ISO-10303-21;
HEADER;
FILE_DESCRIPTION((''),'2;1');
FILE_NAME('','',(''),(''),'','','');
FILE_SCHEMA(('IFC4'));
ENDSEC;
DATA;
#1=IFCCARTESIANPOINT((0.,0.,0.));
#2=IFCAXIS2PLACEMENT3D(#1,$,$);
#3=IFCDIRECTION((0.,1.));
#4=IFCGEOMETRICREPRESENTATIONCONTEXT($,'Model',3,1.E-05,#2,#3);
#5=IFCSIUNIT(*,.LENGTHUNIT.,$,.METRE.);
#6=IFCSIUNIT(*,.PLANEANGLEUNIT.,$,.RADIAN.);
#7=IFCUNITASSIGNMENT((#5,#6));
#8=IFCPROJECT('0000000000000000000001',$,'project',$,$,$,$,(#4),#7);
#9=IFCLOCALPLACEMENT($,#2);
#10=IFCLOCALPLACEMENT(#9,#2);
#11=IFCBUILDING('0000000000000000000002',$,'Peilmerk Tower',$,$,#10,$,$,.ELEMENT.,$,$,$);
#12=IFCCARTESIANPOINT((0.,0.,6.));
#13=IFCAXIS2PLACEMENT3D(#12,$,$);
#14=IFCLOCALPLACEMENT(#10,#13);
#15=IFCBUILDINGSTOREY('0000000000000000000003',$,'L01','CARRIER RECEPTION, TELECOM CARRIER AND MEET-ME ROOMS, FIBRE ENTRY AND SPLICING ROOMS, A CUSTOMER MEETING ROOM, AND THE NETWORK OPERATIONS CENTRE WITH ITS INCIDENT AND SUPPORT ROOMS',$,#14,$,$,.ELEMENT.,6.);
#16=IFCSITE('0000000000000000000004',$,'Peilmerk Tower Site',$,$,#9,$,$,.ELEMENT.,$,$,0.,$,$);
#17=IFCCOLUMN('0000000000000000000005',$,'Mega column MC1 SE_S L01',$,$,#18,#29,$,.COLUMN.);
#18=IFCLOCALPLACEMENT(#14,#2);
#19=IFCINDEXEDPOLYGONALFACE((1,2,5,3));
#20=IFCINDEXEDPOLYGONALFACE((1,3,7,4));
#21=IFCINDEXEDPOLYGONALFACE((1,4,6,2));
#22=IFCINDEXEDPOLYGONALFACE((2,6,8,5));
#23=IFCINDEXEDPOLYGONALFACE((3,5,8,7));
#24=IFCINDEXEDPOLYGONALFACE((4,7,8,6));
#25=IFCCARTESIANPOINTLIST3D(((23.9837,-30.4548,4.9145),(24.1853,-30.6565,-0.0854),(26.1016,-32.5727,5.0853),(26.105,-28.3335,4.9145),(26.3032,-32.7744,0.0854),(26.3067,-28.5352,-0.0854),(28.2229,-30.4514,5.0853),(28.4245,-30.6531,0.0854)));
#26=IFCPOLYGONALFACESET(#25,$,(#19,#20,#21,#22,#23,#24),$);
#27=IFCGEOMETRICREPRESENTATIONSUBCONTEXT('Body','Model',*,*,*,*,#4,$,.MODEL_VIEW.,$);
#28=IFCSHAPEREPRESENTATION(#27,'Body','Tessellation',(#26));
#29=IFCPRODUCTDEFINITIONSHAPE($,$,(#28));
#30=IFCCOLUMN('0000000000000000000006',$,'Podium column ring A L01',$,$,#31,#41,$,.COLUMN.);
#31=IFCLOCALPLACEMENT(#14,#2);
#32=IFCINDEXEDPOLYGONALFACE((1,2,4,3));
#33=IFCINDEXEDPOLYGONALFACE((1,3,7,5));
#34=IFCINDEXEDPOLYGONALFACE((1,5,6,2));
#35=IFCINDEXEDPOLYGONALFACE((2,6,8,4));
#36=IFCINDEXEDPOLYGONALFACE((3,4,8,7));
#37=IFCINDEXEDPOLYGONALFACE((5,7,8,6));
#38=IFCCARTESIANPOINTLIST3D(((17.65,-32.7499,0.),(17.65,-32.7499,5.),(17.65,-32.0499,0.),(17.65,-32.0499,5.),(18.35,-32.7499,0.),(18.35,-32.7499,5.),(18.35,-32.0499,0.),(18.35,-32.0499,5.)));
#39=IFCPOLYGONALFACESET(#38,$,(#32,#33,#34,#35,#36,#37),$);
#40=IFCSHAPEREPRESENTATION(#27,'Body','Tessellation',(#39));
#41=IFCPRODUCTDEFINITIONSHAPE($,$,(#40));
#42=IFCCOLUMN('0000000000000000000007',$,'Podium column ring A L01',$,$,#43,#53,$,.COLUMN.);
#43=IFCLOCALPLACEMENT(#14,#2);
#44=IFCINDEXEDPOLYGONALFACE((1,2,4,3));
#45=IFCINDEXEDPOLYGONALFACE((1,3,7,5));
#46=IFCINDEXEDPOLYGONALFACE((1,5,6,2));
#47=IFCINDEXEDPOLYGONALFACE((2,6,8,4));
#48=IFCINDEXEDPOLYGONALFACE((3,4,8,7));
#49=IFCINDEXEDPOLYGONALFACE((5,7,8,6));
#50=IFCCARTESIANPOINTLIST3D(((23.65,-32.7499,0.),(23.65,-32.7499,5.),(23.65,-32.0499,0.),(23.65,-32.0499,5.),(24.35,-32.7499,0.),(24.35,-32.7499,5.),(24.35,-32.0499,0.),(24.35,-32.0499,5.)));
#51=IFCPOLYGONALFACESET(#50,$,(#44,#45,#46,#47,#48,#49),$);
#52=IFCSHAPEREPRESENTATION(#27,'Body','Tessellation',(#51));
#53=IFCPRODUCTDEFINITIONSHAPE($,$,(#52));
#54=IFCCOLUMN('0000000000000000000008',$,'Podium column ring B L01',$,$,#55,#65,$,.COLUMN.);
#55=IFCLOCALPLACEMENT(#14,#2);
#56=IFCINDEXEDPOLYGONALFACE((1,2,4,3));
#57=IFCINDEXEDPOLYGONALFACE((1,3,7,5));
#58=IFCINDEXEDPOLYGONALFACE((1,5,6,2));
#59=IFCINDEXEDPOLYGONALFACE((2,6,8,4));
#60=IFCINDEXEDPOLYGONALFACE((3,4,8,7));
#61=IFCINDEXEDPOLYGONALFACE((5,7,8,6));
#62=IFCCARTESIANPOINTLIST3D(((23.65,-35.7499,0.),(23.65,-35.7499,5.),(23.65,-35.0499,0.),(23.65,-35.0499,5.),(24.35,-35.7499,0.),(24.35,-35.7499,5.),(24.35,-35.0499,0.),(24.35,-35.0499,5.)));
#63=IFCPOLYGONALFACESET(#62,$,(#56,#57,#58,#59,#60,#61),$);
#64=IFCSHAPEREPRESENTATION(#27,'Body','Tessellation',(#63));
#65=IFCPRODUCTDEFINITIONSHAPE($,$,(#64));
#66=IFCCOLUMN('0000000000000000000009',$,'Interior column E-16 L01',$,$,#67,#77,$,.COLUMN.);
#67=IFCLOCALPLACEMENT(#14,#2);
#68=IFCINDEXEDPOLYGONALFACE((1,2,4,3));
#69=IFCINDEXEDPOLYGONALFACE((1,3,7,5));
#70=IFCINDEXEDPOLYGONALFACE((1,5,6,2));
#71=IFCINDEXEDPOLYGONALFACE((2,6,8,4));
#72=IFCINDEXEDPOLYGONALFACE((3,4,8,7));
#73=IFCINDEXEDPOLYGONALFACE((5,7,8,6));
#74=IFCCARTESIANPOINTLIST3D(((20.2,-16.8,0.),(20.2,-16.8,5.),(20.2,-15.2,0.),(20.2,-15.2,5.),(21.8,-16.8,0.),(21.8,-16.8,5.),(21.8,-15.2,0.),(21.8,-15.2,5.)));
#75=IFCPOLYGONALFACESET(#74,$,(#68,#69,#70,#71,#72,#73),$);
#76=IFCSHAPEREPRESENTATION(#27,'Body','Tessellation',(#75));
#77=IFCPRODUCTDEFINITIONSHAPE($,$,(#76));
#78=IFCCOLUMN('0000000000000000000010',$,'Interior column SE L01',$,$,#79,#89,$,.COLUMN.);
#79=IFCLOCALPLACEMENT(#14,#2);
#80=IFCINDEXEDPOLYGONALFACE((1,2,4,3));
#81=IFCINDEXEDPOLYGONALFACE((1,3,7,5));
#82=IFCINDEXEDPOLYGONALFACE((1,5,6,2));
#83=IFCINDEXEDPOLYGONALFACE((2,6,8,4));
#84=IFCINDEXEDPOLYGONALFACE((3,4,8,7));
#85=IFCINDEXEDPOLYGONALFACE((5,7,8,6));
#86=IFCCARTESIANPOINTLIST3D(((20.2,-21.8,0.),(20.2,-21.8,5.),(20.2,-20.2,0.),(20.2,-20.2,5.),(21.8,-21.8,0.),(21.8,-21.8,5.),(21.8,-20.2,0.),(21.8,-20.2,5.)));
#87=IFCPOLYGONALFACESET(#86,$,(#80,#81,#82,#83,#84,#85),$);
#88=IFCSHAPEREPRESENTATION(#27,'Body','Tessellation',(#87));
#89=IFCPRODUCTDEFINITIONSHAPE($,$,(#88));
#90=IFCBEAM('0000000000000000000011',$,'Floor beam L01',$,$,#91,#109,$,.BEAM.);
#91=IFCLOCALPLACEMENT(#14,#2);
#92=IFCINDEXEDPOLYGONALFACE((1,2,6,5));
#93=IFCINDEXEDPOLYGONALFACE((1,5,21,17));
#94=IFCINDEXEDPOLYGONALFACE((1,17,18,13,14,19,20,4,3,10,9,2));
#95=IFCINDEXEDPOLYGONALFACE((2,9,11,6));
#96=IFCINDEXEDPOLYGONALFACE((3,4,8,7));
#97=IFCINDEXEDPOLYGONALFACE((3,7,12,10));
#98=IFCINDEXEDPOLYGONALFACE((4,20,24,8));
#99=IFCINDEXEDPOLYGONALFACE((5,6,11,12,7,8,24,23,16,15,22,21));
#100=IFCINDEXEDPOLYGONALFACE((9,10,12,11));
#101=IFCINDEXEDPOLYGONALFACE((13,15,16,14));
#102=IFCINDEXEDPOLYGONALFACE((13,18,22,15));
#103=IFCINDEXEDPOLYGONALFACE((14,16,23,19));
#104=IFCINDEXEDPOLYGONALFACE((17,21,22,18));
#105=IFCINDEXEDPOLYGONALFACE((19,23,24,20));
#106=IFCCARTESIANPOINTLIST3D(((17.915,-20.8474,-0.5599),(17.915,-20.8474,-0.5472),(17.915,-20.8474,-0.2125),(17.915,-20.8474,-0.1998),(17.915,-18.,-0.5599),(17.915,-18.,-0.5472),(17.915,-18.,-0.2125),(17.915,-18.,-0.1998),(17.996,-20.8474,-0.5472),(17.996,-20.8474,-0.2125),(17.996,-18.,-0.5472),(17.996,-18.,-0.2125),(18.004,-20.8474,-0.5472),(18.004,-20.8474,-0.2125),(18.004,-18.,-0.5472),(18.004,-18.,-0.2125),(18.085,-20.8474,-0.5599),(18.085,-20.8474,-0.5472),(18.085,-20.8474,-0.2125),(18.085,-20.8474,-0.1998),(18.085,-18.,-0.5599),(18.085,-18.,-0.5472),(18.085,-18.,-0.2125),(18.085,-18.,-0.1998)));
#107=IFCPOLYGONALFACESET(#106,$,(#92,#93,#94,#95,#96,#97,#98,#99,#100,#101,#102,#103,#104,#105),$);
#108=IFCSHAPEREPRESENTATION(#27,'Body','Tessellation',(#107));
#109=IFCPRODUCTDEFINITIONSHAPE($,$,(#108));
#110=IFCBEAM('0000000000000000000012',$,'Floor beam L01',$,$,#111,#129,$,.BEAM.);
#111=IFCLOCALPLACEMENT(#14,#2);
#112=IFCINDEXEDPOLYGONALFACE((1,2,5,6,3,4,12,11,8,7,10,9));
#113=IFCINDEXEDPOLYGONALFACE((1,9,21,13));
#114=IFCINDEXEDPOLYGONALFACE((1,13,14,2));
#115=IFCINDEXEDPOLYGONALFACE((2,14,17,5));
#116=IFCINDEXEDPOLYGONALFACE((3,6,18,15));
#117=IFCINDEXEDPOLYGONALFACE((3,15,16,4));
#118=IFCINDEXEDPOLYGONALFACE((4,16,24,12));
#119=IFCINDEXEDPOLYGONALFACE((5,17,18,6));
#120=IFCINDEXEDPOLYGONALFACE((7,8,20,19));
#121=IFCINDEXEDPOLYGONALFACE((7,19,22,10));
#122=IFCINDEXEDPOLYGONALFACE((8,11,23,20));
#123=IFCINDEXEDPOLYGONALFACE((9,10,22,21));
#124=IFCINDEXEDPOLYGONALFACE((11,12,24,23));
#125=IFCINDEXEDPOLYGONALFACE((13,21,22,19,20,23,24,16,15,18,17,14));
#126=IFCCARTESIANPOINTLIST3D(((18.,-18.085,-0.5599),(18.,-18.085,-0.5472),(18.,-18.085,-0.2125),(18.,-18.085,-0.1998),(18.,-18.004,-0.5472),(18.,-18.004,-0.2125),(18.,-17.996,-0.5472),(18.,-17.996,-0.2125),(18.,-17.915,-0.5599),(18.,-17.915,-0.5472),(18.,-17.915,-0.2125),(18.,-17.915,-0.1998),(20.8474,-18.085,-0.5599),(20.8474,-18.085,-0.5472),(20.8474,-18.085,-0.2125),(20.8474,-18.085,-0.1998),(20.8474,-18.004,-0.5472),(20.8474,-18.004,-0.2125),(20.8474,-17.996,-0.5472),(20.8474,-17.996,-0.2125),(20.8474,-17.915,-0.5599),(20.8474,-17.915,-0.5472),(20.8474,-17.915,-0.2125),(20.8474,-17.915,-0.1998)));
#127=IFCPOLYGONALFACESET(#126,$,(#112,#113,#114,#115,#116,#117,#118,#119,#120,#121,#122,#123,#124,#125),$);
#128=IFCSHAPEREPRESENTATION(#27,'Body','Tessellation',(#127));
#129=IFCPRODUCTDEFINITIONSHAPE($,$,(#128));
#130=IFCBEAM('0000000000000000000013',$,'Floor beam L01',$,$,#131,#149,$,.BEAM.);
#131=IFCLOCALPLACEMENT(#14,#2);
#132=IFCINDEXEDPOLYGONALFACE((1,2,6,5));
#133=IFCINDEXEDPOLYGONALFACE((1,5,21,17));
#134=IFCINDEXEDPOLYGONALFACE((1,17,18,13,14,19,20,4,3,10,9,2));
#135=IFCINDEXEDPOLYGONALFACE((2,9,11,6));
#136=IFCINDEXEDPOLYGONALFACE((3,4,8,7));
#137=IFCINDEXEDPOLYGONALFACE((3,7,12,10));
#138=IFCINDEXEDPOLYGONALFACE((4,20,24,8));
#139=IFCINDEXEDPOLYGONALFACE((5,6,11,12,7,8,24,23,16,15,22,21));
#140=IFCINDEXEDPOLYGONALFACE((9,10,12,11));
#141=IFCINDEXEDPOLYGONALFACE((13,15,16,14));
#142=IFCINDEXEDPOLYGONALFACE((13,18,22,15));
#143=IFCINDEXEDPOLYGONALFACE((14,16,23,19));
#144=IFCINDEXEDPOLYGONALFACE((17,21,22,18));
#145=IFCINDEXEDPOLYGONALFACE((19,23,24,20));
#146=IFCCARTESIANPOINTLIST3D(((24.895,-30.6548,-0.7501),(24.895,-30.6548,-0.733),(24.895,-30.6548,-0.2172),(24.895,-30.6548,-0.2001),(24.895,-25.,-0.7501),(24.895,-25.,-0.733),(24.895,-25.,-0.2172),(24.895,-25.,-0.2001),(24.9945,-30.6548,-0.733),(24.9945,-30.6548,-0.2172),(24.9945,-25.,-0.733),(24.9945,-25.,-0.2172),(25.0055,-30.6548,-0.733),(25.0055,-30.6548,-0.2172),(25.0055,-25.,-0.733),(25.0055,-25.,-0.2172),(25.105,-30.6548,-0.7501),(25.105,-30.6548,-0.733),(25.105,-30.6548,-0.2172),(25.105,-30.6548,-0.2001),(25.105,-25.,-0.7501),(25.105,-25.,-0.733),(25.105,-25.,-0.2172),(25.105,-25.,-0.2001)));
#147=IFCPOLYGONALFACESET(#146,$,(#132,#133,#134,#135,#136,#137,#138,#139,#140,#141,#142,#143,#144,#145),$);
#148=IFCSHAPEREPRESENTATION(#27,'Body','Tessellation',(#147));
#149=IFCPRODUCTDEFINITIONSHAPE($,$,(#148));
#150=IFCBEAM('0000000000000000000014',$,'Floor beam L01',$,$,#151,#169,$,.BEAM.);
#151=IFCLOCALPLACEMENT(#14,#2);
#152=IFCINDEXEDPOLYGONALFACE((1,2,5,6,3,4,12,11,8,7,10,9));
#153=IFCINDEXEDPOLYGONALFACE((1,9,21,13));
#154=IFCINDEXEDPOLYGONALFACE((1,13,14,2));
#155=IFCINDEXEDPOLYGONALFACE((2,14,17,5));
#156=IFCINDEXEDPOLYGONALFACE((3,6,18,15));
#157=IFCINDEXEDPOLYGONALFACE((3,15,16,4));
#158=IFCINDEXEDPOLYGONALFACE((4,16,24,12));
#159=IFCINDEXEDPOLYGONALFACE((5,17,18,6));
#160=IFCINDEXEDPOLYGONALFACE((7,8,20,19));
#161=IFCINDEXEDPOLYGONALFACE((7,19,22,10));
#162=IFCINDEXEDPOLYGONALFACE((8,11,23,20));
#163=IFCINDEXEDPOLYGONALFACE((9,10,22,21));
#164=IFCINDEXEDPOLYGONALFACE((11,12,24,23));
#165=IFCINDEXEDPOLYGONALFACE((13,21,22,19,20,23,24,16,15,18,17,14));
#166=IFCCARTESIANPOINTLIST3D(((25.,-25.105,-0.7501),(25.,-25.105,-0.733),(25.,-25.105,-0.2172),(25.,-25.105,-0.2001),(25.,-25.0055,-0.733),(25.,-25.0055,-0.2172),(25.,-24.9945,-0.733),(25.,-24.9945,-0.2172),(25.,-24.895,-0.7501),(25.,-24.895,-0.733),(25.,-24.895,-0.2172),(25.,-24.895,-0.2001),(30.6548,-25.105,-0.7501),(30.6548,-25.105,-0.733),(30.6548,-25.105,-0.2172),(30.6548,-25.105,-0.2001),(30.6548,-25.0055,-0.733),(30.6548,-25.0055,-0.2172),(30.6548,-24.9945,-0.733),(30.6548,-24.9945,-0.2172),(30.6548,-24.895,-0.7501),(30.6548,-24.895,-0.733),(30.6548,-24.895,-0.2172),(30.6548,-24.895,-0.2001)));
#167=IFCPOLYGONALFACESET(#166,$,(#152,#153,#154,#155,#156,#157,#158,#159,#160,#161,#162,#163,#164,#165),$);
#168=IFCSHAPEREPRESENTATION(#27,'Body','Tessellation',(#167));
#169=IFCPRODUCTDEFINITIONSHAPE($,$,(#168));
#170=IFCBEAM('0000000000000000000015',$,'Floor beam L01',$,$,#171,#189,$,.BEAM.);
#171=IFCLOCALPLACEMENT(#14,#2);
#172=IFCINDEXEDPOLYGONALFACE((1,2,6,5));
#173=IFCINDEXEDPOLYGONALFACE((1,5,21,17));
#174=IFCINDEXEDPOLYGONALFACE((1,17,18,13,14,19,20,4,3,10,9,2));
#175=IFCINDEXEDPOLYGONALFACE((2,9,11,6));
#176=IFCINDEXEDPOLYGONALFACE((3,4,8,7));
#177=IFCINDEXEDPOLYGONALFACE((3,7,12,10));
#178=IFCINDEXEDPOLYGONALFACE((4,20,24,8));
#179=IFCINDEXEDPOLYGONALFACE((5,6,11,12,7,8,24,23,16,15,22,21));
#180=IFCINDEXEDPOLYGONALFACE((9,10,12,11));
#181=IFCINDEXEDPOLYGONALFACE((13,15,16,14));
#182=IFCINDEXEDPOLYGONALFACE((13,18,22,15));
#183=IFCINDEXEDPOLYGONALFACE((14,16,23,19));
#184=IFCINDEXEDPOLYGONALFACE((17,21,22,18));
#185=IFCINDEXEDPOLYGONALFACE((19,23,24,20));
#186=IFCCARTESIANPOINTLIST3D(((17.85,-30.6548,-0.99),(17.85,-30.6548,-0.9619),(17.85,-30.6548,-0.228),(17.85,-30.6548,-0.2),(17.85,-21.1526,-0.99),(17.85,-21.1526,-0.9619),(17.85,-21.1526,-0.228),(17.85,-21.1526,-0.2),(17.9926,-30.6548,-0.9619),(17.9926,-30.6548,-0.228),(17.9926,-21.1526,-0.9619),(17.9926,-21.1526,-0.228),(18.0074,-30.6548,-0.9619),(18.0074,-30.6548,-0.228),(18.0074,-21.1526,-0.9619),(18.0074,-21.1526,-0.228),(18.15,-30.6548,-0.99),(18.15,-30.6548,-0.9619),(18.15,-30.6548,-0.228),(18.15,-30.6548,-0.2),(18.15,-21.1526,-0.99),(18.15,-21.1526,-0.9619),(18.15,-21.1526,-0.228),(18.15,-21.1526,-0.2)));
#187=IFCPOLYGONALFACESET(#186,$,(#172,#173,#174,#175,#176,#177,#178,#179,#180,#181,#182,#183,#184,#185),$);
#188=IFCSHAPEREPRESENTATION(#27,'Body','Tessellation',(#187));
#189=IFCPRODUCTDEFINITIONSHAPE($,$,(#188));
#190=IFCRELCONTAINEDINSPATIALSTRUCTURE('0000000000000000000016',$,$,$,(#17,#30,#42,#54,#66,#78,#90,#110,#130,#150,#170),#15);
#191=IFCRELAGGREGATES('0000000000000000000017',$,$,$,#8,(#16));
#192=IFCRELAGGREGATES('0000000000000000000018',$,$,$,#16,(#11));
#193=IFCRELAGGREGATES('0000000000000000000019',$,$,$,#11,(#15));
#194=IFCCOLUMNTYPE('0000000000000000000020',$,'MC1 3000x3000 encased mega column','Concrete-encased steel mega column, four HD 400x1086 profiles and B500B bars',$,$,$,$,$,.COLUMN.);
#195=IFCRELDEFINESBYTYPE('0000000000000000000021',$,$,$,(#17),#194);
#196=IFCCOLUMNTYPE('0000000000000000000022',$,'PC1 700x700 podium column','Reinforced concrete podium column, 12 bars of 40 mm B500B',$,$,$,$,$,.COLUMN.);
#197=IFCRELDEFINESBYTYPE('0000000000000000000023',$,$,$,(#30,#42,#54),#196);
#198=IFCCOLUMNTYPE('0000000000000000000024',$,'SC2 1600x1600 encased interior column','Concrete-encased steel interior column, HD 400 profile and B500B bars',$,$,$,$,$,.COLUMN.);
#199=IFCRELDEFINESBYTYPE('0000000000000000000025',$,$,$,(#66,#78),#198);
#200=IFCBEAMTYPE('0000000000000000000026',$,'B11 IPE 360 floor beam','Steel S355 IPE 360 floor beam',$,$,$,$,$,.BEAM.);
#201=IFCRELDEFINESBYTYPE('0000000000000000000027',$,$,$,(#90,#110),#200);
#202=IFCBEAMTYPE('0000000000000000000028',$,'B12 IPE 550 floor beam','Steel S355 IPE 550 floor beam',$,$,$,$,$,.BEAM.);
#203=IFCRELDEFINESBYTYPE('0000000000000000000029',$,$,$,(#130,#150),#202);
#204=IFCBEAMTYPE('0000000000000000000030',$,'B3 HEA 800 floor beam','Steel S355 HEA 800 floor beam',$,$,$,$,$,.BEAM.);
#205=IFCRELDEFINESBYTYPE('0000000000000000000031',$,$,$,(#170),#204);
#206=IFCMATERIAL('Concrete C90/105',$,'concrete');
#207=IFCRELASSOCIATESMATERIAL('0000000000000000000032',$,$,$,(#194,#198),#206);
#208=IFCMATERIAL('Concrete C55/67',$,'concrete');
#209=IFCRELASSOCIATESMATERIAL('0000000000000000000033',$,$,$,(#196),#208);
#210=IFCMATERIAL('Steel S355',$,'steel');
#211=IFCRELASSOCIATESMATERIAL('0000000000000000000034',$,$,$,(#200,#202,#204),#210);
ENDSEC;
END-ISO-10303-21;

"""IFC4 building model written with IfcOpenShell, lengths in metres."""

from ifc_helpers import new_model, si_unit, direction, frame, origin, origin_2d, place, context, subcontext, project, spatial, rectangle, i_section, extrude, material, material_profile, profile_set, type_object, element, save


model = new_model("IFC4")

# Units and contexts
model_context = context("Model", 3, precision=1e-05, world=origin(), true_north=direction((0.0, 1.0)))
body_context = subcontext(model_context, "Body", "Model", "MODEL_VIEW")
ifc_project = project(units=[si_unit("LENGTHUNIT", "METRE"), si_unit("PLANEANGLEUNIT", "RADIAN")], contexts=[model_context])

# Site, building, storey
site_placement = place(None, origin())
site = spatial("IfcSite", under=ifc_project, at=site_placement, Name="Peilmerk Tower Site", CompositionType="ELEMENT", RefElevation=0.0)
building_placement = place(site_placement, origin())
building = spatial("IfcBuilding", under=site, at=building_placement, Name="Peilmerk Tower", CompositionType="ELEMENT")
storey_placement = place(building_placement, frame((0.0, 0.0, 6.0)))
storey = spatial("IfcBuildingStorey", under=building, at=storey_placement, Name="L01", Description="CARRIER RECEPTION, TELECOM CARRIER AND MEET-ME ROOMS, FIBRE ENTRY AND SPLICING ROOMS, A CUSTOMER MEETING ROOM, AND THE NETWORK OPERATIONS CENTRE WITH ITS INCIDENT AND SUPPORT ROOMS", CompositionType="ELEMENT", Elevation=6.0)

# Columns
ifc_material_1 = material(Name="Concrete C90/105", Category="concrete")
ifc_material_profile_1 = material_profile(ifc_material_1, rectangle(XDim=3.0, YDim=3.0, at=origin_2d()), Name="RC 3000x3000")
ifc_profile_set_1 = profile_set([ifc_material_profile_1], Name="Concrete C90/105")
column_type_1 = type_object("IfcColumnType", Name="MC1 3000x3000 encased mega column", Description="Concrete-encased steel mega column, four HD 400x1086 profiles and B500B bars", PredefinedType="COLUMN", material=ifc_profile_set_1)
column_placement = place(storey_placement, frame((26.3049, -30.6548, 0.0), z_axis=(-0.040267, 0.040267, 0.998377), x_axis=(-0.707107, -0.707107, 0.0)))
element("IfcColumn", 1, at=column_placement, inside=storey, type_object=column_type_1, Name="Mega column MC1 SE_S L01", PredefinedType="COLUMN", context=body_context, shape_type="SweptSolid", body=[
    extrude(rectangle(XDim=3.0, YDim=3.0, at=origin_2d()), origin(), (0.0, 0.0, 1.0), 5.0081),
])
ifc_material_2 = material(Name="Concrete C55/67", Category="concrete")
ifc_material_profile_2 = material_profile(ifc_material_2, rectangle(XDim=0.7, YDim=0.7, at=origin_2d()), Name="RC 700x700")
ifc_profile_set_2 = profile_set([ifc_material_profile_2], Name="Concrete C55/67")
column_type_2 = type_object("IfcColumnType", Name="PC1 700x700 podium column", Description="Reinforced concrete podium column, 12 bars of 40 mm B500B", PredefinedType="COLUMN", material=ifc_profile_set_2)
for number, where, z_axis, x_axis, name in (
    (2, (18.0, -32.3999, 0.0), (0.0, 0.0, 1.0), (1.0, 0.0, 0.0), "Podium column ring A L01"),
    (3, (24.0, -32.3999, 0.0), (0.0, 0.0, 1.0), (1.0, 0.0, 0.0), "Podium column ring A L01"),
    (4, (24.0, -35.3999, 0.0), (0.0, 0.0, 1.0), (1.0, 0.0, 0.0), "Podium column ring B L01"),
):
    element("IfcColumn", number, at=place(storey_placement, frame(where, z_axis=z_axis, x_axis=x_axis)), inside=storey, type_object=column_type_2, Name=name, PredefinedType="COLUMN", context=body_context, shape_type="SweptSolid", body=[
        extrude(rectangle(XDim=0.7, YDim=0.7, at=origin_2d()), origin(), (0.0, 0.0, 1.0), 5.0),
    ])
ifc_material_profile_3 = material_profile(ifc_material_1, rectangle(XDim=1.6001, YDim=1.6001, at=origin_2d()), Name="RC 1600x1600")
ifc_profile_set_3 = profile_set([ifc_material_profile_3], Name="Concrete C90/105")
column_type_3 = type_object("IfcColumnType", Name="SC2 1600x1600 encased interior column", Description="Concrete-encased steel interior column, HD 400 profile and B500B bars", PredefinedType="COLUMN", material=ifc_profile_set_3)
for number, where, z_axis, x_axis, name in (
    (5, (21.0, -16.0, 0.0), (0.0, 0.0, 1.0), (1.0, 0.0, 0.0), "Interior column E-16 L01"),
    (6, (21.0, -21.0, 0.0), (0.0, 0.0, 1.0), (1.0, 0.0, 0.0), "Interior column SE L01"),
):
    element("IfcColumn", number, at=place(storey_placement, frame(where, z_axis=z_axis, x_axis=x_axis)), inside=storey, type_object=column_type_3, Name=name, PredefinedType="COLUMN", context=body_context, shape_type="SweptSolid", body=[
        extrude(rectangle(XDim=1.6001, YDim=1.6001, at=origin_2d()), origin(), (0.0, 0.0, 1.0), 5.0),
    ])

# Beams
ifc_material_3 = material(Name="Steel S355", Category="steel")
ifc_material_profile_4 = material_profile(ifc_material_3, i_section(OverallWidth=0.1699, OverallDepth=0.3601, WebThickness=0.0081, FlangeThickness=0.0127, at=origin_2d()), Name="IPE 360")
ifc_profile_set_4 = profile_set([ifc_material_profile_4], Name="Steel S355")
beam_type_1 = type_object("IfcBeamType", Name="B11 IPE 360 floor beam", Description="Steel S355 IPE 360 floor beam", PredefinedType="BEAM", material=ifc_profile_set_4)
for number, where, z_axis, x_axis, name in (
    (7, (18.0, -18.0, -0.3799), (0.0, -1.0, 0.0), (1.0, 0.0, 0.0), "Floor beam L01"),
    (8, (18.0, -18.0, -0.3799), (1.0, 0.0, 0.0), (0.0, 1.0, 0.0), "Floor beam L01"),
):
    element("IfcBeam", number, at=place(storey_placement, frame(where, z_axis=z_axis, x_axis=x_axis)), inside=storey, type_object=beam_type_1, Name=name, PredefinedType="BEAM", context=body_context, shape_type="SweptSolid", body=[
        extrude(i_section(OverallWidth=0.1699, OverallDepth=0.3601, WebThickness=0.0081, FlangeThickness=0.0127, at=origin_2d()), origin(), (0.0, 0.0, 1.0), 2.8474),
    ])
ifc_material_profile_5 = material_profile(ifc_material_3, i_section(OverallWidth=0.21, OverallDepth=0.55, WebThickness=0.011, FlangeThickness=0.0171, at=origin_2d()), Name="IPE 550")
ifc_profile_set_5 = profile_set([ifc_material_profile_5], Name="Steel S355")
beam_type_2 = type_object("IfcBeamType", Name="B12 IPE 550 floor beam", Description="Steel S355 IPE 550 floor beam", PredefinedType="BEAM", material=ifc_profile_set_5)
for number, where, z_axis, x_axis, name in (
    (9, (25.0, -25.0, -0.4751), (0.0, -1.0, 0.0), (1.0, 0.0, 0.0), "Floor beam L01"),
    (10, (25.0, -25.0, -0.4751), (1.0, 0.0, 0.0), (0.0, 1.0, 0.0), "Floor beam L01"),
):
    element("IfcBeam", number, at=place(storey_placement, frame(where, z_axis=z_axis, x_axis=x_axis)), inside=storey, type_object=beam_type_2, Name=name, PredefinedType="BEAM", context=body_context, shape_type="SweptSolid", body=[
        extrude(i_section(OverallWidth=0.21, OverallDepth=0.55, WebThickness=0.011, FlangeThickness=0.0171, at=origin_2d()), origin(), (0.0, 0.0, 1.0), 5.6548),
    ])
ifc_material_profile_6 = material_profile(ifc_material_3, i_section(OverallWidth=0.3, OverallDepth=0.79, WebThickness=0.0149, FlangeThickness=0.0281, at=origin_2d()), Name="HEA 800")
ifc_profile_set_6 = profile_set([ifc_material_profile_6], Name="Steel S355")
beam_type_3 = type_object("IfcBeamType", Name="B3 HEA 800 floor beam", Description="Steel S355 HEA 800 floor beam", PredefinedType="BEAM", material=ifc_profile_set_6)
for number, where, z_axis, x_axis, name in (
    (11, (18.0, -21.1526, -0.595), (0.0, -1.0, 0.0), (1.0, 0.0, 0.0), "Floor beam L01"),
):
    element("IfcBeam", number, at=place(storey_placement, frame(where, z_axis=z_axis, x_axis=x_axis)), inside=storey, type_object=beam_type_3, Name=name, PredefinedType="BEAM", context=body_context, shape_type="SweptSolid", body=[
        extrude(i_section(OverallWidth=0.3, OverallDepth=0.79, WebThickness=0.0149, FlangeThickness=0.0281, at=origin_2d()), origin(), (0.0, 0.0, 1.0), 9.5022),
    ])

save(model, "model.ifc")
